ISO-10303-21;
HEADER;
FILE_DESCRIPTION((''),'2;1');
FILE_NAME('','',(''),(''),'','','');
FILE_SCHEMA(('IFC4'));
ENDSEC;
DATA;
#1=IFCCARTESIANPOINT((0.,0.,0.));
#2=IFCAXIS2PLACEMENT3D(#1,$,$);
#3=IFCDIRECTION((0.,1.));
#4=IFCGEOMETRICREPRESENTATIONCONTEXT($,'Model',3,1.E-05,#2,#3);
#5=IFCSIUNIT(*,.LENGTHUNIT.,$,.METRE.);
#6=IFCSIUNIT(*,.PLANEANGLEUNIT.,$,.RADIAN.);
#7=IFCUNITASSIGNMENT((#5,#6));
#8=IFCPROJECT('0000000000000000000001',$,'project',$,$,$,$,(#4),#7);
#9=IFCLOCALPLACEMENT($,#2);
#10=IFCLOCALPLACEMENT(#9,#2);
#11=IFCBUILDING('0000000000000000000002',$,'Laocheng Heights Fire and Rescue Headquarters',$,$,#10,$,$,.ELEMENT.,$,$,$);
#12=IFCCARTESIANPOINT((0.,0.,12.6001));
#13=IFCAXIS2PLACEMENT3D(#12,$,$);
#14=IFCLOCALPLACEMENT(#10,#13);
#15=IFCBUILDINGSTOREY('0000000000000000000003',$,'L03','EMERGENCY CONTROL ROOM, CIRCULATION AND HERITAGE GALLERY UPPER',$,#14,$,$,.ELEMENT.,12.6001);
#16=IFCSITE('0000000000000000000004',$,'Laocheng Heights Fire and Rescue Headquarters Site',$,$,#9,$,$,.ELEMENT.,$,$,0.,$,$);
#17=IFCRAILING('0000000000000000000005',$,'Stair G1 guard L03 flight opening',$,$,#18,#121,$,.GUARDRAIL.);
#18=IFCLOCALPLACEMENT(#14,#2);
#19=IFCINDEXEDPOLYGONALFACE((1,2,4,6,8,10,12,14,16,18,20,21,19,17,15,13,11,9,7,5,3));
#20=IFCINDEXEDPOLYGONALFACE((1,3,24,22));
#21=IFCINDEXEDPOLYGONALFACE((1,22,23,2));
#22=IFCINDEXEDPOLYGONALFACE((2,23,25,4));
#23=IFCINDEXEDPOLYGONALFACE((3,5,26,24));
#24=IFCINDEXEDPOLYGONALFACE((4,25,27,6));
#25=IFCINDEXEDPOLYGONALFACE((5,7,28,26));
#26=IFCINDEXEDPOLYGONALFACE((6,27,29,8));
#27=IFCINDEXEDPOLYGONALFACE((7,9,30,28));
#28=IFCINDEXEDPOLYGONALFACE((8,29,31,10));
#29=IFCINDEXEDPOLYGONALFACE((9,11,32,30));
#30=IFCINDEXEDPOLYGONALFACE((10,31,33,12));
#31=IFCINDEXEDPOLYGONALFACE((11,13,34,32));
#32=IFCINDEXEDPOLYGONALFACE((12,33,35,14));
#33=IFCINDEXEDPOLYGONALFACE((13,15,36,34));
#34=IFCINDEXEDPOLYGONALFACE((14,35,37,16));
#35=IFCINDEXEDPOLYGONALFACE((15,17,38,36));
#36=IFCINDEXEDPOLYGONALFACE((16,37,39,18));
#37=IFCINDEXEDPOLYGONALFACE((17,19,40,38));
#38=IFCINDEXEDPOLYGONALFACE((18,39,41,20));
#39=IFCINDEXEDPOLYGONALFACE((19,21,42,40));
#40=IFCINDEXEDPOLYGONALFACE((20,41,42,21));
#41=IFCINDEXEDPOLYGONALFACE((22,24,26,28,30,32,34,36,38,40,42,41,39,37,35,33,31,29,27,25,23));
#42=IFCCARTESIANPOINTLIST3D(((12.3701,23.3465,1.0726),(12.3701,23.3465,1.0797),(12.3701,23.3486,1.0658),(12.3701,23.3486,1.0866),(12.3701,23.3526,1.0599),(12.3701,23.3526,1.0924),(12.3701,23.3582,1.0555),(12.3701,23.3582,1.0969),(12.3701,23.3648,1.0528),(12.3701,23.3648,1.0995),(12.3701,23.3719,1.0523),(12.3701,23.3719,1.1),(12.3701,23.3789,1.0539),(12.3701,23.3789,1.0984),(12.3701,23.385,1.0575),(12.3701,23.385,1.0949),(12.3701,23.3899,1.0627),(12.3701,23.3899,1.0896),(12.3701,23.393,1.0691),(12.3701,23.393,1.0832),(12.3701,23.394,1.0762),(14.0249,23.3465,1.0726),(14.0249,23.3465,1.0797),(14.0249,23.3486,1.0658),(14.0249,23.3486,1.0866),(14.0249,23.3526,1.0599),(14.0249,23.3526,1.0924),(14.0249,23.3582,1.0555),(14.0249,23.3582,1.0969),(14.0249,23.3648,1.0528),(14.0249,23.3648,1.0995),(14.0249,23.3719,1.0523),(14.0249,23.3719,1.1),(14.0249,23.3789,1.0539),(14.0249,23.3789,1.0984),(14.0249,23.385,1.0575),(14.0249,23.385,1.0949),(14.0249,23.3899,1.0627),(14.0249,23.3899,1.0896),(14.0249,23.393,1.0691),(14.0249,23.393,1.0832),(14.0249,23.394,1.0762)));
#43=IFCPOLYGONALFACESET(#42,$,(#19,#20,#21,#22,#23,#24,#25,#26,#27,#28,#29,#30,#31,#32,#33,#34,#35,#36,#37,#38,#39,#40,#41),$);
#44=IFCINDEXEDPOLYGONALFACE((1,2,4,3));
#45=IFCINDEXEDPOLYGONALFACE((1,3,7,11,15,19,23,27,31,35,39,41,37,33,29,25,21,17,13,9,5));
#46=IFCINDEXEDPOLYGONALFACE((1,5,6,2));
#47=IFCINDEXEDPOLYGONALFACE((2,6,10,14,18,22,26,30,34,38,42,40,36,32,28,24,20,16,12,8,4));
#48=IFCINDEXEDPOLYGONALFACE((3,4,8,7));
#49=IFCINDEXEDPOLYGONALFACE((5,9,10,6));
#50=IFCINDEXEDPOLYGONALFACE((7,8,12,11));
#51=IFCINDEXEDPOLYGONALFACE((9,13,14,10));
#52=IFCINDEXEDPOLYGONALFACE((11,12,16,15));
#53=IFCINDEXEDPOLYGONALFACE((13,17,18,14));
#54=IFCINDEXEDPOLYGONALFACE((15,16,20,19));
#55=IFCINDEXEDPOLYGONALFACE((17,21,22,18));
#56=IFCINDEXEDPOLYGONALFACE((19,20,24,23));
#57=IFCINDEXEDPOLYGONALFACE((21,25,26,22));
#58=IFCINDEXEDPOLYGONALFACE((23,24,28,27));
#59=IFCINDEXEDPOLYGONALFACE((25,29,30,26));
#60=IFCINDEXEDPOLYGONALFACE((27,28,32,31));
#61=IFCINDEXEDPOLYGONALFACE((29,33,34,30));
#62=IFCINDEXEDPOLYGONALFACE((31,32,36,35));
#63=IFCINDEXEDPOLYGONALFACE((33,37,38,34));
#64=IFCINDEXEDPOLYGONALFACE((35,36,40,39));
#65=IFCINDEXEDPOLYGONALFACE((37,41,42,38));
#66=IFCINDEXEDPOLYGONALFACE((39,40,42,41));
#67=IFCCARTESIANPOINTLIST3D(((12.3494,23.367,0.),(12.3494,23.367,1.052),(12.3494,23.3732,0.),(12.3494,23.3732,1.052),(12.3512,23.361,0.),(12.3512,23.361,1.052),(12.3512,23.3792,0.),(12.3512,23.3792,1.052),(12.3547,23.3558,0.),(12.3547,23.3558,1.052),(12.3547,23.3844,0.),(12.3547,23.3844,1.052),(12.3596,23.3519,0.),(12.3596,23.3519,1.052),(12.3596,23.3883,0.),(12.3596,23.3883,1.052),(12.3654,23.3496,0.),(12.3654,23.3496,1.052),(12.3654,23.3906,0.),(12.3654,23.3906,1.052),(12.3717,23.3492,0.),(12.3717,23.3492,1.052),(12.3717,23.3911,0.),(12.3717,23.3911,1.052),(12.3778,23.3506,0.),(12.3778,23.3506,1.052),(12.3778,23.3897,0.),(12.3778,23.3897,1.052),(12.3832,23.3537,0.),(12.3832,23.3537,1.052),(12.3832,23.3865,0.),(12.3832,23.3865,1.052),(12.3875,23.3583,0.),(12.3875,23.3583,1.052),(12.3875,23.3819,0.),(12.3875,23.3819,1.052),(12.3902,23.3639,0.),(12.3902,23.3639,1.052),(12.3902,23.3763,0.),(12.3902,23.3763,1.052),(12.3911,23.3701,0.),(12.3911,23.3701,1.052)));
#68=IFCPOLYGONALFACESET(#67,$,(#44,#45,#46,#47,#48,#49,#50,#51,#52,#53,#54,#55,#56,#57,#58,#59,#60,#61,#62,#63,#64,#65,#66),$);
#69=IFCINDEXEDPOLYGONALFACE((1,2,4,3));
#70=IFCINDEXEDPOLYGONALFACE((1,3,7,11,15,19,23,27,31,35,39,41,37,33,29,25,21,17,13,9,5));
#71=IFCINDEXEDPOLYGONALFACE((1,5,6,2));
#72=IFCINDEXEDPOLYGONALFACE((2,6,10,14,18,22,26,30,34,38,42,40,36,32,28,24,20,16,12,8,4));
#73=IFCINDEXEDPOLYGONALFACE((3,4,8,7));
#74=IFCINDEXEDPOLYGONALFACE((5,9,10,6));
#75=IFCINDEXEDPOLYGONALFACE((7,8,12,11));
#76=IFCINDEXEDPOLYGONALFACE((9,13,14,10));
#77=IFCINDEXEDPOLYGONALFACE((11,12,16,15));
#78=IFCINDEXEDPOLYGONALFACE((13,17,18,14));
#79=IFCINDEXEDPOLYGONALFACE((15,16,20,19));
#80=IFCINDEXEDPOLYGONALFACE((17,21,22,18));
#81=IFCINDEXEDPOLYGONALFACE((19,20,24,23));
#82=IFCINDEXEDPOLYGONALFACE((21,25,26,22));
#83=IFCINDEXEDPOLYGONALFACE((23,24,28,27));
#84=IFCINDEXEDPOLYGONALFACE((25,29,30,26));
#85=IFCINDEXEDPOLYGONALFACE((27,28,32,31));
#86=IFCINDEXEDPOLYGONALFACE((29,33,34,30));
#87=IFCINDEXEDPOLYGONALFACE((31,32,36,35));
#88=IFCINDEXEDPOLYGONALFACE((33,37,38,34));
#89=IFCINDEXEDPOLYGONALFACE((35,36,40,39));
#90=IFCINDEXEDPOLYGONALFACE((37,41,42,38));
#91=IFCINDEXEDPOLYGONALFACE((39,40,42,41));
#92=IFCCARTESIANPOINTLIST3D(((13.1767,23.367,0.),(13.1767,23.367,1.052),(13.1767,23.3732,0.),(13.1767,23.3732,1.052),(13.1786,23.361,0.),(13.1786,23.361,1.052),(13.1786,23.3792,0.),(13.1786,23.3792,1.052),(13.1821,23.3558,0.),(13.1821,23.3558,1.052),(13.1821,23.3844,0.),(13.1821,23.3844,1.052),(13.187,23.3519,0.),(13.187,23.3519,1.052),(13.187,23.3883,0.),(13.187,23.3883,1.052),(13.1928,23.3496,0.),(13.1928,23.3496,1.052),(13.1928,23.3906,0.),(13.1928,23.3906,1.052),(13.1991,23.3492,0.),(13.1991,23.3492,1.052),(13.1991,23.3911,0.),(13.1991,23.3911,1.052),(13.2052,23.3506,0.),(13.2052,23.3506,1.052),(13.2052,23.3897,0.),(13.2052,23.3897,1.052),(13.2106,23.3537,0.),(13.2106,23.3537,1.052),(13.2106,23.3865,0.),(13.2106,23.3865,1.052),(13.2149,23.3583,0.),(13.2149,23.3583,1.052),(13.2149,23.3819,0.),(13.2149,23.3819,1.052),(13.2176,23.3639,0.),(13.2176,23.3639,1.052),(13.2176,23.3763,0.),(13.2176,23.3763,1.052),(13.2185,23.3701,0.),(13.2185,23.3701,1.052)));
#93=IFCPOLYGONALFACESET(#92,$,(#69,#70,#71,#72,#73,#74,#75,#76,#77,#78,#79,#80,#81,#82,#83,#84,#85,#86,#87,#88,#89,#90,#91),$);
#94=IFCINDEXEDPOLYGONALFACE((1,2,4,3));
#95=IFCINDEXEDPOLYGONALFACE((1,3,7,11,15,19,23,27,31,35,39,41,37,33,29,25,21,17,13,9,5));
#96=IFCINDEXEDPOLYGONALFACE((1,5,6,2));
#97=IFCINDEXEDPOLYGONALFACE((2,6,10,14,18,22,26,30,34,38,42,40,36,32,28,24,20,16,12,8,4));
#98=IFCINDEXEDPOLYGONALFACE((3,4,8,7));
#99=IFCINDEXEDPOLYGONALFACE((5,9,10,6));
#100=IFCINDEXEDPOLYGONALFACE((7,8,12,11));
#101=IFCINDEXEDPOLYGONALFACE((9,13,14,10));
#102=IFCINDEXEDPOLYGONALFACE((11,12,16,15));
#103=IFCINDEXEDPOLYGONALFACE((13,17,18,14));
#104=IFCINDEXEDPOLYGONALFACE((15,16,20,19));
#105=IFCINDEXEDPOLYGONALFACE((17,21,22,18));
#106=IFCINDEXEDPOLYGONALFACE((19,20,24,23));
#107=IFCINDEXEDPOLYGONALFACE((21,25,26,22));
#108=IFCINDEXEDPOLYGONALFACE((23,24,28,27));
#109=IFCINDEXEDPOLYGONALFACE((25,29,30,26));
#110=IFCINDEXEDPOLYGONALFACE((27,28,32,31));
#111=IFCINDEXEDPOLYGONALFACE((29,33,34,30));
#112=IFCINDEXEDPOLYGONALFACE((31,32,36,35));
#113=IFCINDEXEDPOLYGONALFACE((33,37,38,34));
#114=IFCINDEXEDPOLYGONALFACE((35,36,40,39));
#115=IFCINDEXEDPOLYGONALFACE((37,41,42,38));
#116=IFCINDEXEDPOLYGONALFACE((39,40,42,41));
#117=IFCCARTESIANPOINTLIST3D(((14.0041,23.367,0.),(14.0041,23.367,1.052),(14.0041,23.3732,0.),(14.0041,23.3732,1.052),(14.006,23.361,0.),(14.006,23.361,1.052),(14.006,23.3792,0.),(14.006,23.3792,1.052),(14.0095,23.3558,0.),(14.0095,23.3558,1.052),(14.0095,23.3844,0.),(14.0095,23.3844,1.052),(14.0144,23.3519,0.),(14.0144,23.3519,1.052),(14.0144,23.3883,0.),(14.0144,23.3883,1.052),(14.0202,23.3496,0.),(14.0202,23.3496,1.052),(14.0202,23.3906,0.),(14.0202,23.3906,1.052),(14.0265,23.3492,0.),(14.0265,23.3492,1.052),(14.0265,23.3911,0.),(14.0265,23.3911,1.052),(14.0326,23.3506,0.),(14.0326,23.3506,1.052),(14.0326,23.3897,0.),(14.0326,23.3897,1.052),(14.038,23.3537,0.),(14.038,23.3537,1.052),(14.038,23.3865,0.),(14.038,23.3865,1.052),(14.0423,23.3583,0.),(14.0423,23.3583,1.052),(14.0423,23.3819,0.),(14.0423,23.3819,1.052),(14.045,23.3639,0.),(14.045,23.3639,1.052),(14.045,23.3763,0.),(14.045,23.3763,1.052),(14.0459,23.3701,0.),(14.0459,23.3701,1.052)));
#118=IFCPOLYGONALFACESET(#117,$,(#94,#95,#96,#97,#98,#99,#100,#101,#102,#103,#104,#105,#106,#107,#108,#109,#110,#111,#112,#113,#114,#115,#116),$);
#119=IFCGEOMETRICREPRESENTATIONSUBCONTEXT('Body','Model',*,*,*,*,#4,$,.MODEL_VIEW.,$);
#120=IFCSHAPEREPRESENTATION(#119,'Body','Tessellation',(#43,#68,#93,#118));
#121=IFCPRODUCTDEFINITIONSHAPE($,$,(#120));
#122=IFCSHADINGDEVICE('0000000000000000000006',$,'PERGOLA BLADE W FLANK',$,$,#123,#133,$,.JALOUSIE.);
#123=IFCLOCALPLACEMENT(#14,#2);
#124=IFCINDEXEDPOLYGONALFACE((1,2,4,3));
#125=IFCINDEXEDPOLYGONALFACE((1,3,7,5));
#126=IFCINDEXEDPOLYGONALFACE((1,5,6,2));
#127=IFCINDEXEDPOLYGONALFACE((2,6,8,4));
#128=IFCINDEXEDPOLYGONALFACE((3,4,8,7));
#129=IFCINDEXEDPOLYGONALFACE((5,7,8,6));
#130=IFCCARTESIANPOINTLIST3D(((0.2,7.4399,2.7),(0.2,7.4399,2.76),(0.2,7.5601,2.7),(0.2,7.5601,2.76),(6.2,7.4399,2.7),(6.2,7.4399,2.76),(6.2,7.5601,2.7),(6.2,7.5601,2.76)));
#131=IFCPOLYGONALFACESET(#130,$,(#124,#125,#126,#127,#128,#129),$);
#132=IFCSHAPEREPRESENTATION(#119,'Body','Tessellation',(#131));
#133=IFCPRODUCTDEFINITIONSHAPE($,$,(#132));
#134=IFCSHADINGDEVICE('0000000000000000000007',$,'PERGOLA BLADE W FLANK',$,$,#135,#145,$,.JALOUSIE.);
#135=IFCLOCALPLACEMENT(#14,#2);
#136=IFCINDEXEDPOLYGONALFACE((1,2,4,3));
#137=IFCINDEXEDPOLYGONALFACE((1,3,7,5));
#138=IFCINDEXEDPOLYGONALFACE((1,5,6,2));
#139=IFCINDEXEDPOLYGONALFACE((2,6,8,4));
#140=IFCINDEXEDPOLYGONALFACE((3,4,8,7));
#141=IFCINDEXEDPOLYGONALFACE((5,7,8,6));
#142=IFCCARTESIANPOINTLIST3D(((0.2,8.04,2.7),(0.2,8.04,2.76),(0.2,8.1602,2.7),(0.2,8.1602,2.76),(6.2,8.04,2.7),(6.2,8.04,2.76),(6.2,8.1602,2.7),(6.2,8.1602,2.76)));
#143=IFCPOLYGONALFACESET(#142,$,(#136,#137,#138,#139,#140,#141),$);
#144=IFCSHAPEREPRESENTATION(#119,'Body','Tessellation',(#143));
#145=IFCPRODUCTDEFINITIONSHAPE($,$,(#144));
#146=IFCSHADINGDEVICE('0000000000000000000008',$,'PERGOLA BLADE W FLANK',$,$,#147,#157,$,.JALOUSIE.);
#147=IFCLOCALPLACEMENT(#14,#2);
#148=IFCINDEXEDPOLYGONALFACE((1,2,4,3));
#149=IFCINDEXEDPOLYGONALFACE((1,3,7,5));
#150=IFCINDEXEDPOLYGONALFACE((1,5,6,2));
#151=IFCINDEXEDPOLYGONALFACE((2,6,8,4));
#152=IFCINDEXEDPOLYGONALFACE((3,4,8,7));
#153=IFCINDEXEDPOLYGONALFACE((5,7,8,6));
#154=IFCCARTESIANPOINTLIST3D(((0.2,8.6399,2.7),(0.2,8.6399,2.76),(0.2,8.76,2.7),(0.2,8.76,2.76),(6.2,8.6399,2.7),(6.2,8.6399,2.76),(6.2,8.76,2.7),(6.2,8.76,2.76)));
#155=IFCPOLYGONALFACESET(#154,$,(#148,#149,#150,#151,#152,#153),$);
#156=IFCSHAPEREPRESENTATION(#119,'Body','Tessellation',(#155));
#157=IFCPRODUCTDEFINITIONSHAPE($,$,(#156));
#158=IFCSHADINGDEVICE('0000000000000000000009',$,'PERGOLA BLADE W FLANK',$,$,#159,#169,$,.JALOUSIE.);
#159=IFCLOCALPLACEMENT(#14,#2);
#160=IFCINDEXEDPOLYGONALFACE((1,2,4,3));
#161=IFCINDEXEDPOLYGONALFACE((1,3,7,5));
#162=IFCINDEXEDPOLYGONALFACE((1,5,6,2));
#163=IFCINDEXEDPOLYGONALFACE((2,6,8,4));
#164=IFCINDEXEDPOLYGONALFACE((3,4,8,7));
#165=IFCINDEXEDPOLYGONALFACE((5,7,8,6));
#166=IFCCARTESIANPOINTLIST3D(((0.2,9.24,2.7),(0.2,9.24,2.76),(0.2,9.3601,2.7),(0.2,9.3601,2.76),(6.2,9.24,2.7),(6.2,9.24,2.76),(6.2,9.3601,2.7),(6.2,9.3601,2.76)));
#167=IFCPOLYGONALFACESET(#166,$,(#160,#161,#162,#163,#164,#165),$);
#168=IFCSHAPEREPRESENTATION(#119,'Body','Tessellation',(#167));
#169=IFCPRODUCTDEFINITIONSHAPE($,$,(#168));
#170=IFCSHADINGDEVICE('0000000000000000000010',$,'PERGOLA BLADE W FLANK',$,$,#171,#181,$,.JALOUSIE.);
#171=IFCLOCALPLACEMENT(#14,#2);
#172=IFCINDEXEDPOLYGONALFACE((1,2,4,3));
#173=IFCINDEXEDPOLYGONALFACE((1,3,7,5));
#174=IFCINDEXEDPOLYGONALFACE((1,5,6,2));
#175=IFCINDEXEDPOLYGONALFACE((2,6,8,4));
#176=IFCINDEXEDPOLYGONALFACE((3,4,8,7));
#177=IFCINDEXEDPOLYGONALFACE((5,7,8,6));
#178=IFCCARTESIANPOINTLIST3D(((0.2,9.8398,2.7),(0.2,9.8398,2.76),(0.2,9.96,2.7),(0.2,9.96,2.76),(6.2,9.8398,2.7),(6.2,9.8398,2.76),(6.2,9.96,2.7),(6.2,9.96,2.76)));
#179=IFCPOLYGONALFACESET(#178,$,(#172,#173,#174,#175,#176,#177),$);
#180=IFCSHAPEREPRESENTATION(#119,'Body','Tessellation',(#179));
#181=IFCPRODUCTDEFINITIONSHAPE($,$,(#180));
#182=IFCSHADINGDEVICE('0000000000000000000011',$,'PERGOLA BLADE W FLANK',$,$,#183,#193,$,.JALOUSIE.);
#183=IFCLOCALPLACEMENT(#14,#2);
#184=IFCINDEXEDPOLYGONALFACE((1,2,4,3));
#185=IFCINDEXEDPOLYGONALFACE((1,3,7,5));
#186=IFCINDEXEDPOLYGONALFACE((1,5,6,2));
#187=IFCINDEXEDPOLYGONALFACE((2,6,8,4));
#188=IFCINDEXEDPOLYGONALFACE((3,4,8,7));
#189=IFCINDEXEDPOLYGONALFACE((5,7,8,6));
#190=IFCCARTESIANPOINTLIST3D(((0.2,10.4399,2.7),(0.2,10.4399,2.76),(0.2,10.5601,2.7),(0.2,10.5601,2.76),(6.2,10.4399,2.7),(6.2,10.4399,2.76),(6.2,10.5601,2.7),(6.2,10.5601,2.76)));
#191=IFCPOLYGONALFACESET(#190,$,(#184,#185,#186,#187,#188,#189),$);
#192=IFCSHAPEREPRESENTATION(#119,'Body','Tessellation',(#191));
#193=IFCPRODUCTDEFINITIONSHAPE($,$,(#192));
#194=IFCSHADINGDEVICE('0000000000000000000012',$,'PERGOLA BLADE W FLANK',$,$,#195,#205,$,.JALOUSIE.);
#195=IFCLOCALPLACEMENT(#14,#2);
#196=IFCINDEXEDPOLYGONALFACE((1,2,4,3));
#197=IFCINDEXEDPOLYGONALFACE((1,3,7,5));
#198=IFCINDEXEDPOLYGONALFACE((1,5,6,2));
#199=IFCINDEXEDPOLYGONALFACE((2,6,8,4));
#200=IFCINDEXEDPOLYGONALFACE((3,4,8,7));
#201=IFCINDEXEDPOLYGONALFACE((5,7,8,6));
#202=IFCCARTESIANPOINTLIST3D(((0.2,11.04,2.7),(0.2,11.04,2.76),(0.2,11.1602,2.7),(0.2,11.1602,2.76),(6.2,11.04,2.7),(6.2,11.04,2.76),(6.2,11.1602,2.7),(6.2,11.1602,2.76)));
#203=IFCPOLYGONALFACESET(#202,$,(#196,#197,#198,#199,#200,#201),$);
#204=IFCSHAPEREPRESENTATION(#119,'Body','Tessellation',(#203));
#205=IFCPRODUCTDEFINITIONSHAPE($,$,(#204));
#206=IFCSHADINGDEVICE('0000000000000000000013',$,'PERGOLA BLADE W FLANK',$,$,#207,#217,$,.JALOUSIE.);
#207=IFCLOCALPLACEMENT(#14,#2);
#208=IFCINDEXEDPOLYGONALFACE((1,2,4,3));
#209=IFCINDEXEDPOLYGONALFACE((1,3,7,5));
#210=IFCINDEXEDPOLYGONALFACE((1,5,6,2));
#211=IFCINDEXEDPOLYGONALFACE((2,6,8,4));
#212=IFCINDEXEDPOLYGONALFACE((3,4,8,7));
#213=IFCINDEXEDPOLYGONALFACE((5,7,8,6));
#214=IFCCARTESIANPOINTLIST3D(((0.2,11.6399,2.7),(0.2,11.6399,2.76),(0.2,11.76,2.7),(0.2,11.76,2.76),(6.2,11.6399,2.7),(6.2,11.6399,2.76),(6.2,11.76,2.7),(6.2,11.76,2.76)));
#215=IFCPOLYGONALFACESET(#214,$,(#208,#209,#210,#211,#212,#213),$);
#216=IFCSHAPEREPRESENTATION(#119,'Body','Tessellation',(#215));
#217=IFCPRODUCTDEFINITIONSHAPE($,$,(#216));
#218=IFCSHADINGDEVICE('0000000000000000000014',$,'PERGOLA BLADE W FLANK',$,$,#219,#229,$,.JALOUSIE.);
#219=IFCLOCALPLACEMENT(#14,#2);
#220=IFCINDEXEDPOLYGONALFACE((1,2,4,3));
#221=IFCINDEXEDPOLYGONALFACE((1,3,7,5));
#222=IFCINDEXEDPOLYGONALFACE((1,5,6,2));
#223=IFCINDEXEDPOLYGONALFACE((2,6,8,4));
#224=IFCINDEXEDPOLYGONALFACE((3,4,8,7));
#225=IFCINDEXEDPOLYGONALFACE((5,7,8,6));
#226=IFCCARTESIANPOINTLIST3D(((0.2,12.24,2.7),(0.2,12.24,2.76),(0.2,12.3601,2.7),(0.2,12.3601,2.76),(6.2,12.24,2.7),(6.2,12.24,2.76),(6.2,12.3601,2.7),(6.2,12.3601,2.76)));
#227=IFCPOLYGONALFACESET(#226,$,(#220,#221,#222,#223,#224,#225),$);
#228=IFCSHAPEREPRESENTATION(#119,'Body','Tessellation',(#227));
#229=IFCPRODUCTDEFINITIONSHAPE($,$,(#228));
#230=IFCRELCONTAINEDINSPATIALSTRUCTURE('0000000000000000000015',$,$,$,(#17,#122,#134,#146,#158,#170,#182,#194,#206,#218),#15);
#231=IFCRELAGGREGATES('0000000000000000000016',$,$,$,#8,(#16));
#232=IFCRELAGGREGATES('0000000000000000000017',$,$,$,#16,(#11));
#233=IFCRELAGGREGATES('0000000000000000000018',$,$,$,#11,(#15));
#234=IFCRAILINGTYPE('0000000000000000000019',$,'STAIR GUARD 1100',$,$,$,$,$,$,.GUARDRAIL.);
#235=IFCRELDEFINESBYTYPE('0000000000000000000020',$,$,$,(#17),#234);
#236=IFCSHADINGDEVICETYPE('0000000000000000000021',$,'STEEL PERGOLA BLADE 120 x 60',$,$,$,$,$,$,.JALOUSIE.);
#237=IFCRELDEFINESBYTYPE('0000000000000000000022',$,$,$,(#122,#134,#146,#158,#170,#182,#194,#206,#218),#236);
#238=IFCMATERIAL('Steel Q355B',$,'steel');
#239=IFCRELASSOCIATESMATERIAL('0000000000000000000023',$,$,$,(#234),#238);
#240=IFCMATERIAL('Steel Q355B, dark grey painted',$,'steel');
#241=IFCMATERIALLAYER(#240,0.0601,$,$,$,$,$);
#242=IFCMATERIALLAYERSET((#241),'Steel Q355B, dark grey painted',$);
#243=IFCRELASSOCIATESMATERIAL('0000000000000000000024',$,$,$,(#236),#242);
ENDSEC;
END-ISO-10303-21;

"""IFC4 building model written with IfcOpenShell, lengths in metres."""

from ifc_helpers import new_model, si_unit, direction, frame, origin, origin_2d, place, context, subcontext, project, spatial, rectangle, circle, extrude, material, layer, layer_set, type_object, element, save


model = new_model("IFC4")

# Units and contexts
model_context = context("Model", 3, precision=1e-05, world=origin(), true_north=direction((0.0, 1.0)))
body_context = subcontext(model_context, "Body", "Model", "MODEL_VIEW")
ifc_project = project(units=[si_unit("LENGTHUNIT", "METRE"), si_unit("PLANEANGLEUNIT", "RADIAN")], contexts=[model_context])

# Site, building, storey
site_placement = place(None, origin())
site = spatial("IfcSite", under=ifc_project, at=site_placement, Name="Laocheng Heights Fire and Rescue Headquarters Site", CompositionType="ELEMENT", RefElevation=0.0)
building_placement = place(site_placement, origin())
building = spatial("IfcBuilding", under=site, at=building_placement, Name="Laocheng Heights Fire and Rescue Headquarters", CompositionType="ELEMENT")
storey_placement = place(building_placement, frame((0.0, 0.0, 12.6001)))
storey = spatial("IfcBuildingStorey", under=building, at=storey_placement, Name="L03", Description="EMERGENCY CONTROL ROOM, CIRCULATION AND HERITAGE GALLERY UPPER", CompositionType="ELEMENT", Elevation=12.6001)

# Railing
ifc_material_1 = material(Name="Steel Q355B", Category="steel")
railing_type = type_object("IfcRailingType", Name="STAIR GUARD 1100", PredefinedType="GUARDRAIL", material=ifc_material_1)
railing_1_placement = place(storey_placement, frame((12.3701, 23.3701, 0.0)))
element("IfcRailing", 1, at=railing_1_placement, inside=storey, type_object=railing_type, Name="Stair G1 guard L03 flight opening", PredefinedType="GUARDRAIL", context=body_context, shape_type="SweptSolid", body=[
    extrude(circle(Radius=0.0239, at=origin_2d()), frame((0.0, 0.0, 1.0762), z_axis=(1.0, 0.0, 0.0), x_axis=(0.0, 1.0, 0.0)), (0.0, 0.0, 1.0), 1.6548),
    extrude(circle(Radius=0.021, at=origin_2d()), origin(), (0.0, 0.0, 1.0), 1.052),
    extrude(circle(Radius=0.021, at=origin_2d()), frame((0.8274, 0.0, 0.0)), (0.0, 0.0, 1.0), 1.052),
    extrude(circle(Radius=0.021, at=origin_2d()), frame((1.6548, 0.0, 0.0)), (0.0, 0.0, 1.0), 1.052),
])

# Shading devices
ifc_material_2 = material(Name="Steel Q355B, dark grey painted", Category="steel")
ifc_layer_1 = layer(ifc_material_2, 0.0601)
ifc_layer_set_1 = layer_set([ifc_layer_1], Name="Steel Q355B, dark grey painted")
shading_device_type = type_object("IfcShadingDeviceType", Name="STEEL PERGOLA BLADE 120 x 60", PredefinedType="JALOUSIE", material=ifc_layer_set_1)
for number, where, z_axis, x_axis, name in (
    (2, (3.2, 7.5, 2.7), (0.0, 0.0, 1.0), (1.0, 0.0, 0.0), "PERGOLA BLADE W FLANK"),
    (3, (3.2, 8.1001, 2.7), (0.0, 0.0, 1.0), (1.0, 0.0, 0.0), "PERGOLA BLADE W FLANK"),
    (4, (3.2, 8.7, 2.7), (0.0, 0.0, 1.0), (1.0, 0.0, 0.0), "PERGOLA BLADE W FLANK"),
    (5, (3.2, 9.3, 2.7), (0.0, 0.0, 1.0), (1.0, 0.0, 0.0), "PERGOLA BLADE W FLANK"),
    (6, (3.2, 9.8999, 2.7), (0.0, 0.0, 1.0), (1.0, 0.0, 0.0), "PERGOLA BLADE W FLANK"),
    (7, (3.2, 10.5, 2.7), (0.0, 0.0, 1.0), (1.0, 0.0, 0.0), "PERGOLA BLADE W FLANK"),
    (8, (3.2, 11.1001, 2.7), (0.0, 0.0, 1.0), (1.0, 0.0, 0.0), "PERGOLA BLADE W FLANK"),
    (9, (3.2, 11.7, 2.7), (0.0, 0.0, 1.0), (1.0, 0.0, 0.0), "PERGOLA BLADE W FLANK"),
    (10, (3.2, 12.3, 2.7), (0.0, 0.0, 1.0), (1.0, 0.0, 0.0), "PERGOLA BLADE W FLANK"),
):
    element("IfcShadingDevice", number, at=place(storey_placement, frame(where, z_axis=z_axis, x_axis=x_axis)), inside=storey, type_object=shading_device_type, Name=name, PredefinedType="JALOUSIE", context=body_context, shape_type="SweptSolid", body=[
        extrude(rectangle(XDim=6.0, YDim=0.1201, at=origin_2d()), origin(), (0.0, 0.0, 1.0), 0.0601),
    ])

save(model, "model.ifc")
